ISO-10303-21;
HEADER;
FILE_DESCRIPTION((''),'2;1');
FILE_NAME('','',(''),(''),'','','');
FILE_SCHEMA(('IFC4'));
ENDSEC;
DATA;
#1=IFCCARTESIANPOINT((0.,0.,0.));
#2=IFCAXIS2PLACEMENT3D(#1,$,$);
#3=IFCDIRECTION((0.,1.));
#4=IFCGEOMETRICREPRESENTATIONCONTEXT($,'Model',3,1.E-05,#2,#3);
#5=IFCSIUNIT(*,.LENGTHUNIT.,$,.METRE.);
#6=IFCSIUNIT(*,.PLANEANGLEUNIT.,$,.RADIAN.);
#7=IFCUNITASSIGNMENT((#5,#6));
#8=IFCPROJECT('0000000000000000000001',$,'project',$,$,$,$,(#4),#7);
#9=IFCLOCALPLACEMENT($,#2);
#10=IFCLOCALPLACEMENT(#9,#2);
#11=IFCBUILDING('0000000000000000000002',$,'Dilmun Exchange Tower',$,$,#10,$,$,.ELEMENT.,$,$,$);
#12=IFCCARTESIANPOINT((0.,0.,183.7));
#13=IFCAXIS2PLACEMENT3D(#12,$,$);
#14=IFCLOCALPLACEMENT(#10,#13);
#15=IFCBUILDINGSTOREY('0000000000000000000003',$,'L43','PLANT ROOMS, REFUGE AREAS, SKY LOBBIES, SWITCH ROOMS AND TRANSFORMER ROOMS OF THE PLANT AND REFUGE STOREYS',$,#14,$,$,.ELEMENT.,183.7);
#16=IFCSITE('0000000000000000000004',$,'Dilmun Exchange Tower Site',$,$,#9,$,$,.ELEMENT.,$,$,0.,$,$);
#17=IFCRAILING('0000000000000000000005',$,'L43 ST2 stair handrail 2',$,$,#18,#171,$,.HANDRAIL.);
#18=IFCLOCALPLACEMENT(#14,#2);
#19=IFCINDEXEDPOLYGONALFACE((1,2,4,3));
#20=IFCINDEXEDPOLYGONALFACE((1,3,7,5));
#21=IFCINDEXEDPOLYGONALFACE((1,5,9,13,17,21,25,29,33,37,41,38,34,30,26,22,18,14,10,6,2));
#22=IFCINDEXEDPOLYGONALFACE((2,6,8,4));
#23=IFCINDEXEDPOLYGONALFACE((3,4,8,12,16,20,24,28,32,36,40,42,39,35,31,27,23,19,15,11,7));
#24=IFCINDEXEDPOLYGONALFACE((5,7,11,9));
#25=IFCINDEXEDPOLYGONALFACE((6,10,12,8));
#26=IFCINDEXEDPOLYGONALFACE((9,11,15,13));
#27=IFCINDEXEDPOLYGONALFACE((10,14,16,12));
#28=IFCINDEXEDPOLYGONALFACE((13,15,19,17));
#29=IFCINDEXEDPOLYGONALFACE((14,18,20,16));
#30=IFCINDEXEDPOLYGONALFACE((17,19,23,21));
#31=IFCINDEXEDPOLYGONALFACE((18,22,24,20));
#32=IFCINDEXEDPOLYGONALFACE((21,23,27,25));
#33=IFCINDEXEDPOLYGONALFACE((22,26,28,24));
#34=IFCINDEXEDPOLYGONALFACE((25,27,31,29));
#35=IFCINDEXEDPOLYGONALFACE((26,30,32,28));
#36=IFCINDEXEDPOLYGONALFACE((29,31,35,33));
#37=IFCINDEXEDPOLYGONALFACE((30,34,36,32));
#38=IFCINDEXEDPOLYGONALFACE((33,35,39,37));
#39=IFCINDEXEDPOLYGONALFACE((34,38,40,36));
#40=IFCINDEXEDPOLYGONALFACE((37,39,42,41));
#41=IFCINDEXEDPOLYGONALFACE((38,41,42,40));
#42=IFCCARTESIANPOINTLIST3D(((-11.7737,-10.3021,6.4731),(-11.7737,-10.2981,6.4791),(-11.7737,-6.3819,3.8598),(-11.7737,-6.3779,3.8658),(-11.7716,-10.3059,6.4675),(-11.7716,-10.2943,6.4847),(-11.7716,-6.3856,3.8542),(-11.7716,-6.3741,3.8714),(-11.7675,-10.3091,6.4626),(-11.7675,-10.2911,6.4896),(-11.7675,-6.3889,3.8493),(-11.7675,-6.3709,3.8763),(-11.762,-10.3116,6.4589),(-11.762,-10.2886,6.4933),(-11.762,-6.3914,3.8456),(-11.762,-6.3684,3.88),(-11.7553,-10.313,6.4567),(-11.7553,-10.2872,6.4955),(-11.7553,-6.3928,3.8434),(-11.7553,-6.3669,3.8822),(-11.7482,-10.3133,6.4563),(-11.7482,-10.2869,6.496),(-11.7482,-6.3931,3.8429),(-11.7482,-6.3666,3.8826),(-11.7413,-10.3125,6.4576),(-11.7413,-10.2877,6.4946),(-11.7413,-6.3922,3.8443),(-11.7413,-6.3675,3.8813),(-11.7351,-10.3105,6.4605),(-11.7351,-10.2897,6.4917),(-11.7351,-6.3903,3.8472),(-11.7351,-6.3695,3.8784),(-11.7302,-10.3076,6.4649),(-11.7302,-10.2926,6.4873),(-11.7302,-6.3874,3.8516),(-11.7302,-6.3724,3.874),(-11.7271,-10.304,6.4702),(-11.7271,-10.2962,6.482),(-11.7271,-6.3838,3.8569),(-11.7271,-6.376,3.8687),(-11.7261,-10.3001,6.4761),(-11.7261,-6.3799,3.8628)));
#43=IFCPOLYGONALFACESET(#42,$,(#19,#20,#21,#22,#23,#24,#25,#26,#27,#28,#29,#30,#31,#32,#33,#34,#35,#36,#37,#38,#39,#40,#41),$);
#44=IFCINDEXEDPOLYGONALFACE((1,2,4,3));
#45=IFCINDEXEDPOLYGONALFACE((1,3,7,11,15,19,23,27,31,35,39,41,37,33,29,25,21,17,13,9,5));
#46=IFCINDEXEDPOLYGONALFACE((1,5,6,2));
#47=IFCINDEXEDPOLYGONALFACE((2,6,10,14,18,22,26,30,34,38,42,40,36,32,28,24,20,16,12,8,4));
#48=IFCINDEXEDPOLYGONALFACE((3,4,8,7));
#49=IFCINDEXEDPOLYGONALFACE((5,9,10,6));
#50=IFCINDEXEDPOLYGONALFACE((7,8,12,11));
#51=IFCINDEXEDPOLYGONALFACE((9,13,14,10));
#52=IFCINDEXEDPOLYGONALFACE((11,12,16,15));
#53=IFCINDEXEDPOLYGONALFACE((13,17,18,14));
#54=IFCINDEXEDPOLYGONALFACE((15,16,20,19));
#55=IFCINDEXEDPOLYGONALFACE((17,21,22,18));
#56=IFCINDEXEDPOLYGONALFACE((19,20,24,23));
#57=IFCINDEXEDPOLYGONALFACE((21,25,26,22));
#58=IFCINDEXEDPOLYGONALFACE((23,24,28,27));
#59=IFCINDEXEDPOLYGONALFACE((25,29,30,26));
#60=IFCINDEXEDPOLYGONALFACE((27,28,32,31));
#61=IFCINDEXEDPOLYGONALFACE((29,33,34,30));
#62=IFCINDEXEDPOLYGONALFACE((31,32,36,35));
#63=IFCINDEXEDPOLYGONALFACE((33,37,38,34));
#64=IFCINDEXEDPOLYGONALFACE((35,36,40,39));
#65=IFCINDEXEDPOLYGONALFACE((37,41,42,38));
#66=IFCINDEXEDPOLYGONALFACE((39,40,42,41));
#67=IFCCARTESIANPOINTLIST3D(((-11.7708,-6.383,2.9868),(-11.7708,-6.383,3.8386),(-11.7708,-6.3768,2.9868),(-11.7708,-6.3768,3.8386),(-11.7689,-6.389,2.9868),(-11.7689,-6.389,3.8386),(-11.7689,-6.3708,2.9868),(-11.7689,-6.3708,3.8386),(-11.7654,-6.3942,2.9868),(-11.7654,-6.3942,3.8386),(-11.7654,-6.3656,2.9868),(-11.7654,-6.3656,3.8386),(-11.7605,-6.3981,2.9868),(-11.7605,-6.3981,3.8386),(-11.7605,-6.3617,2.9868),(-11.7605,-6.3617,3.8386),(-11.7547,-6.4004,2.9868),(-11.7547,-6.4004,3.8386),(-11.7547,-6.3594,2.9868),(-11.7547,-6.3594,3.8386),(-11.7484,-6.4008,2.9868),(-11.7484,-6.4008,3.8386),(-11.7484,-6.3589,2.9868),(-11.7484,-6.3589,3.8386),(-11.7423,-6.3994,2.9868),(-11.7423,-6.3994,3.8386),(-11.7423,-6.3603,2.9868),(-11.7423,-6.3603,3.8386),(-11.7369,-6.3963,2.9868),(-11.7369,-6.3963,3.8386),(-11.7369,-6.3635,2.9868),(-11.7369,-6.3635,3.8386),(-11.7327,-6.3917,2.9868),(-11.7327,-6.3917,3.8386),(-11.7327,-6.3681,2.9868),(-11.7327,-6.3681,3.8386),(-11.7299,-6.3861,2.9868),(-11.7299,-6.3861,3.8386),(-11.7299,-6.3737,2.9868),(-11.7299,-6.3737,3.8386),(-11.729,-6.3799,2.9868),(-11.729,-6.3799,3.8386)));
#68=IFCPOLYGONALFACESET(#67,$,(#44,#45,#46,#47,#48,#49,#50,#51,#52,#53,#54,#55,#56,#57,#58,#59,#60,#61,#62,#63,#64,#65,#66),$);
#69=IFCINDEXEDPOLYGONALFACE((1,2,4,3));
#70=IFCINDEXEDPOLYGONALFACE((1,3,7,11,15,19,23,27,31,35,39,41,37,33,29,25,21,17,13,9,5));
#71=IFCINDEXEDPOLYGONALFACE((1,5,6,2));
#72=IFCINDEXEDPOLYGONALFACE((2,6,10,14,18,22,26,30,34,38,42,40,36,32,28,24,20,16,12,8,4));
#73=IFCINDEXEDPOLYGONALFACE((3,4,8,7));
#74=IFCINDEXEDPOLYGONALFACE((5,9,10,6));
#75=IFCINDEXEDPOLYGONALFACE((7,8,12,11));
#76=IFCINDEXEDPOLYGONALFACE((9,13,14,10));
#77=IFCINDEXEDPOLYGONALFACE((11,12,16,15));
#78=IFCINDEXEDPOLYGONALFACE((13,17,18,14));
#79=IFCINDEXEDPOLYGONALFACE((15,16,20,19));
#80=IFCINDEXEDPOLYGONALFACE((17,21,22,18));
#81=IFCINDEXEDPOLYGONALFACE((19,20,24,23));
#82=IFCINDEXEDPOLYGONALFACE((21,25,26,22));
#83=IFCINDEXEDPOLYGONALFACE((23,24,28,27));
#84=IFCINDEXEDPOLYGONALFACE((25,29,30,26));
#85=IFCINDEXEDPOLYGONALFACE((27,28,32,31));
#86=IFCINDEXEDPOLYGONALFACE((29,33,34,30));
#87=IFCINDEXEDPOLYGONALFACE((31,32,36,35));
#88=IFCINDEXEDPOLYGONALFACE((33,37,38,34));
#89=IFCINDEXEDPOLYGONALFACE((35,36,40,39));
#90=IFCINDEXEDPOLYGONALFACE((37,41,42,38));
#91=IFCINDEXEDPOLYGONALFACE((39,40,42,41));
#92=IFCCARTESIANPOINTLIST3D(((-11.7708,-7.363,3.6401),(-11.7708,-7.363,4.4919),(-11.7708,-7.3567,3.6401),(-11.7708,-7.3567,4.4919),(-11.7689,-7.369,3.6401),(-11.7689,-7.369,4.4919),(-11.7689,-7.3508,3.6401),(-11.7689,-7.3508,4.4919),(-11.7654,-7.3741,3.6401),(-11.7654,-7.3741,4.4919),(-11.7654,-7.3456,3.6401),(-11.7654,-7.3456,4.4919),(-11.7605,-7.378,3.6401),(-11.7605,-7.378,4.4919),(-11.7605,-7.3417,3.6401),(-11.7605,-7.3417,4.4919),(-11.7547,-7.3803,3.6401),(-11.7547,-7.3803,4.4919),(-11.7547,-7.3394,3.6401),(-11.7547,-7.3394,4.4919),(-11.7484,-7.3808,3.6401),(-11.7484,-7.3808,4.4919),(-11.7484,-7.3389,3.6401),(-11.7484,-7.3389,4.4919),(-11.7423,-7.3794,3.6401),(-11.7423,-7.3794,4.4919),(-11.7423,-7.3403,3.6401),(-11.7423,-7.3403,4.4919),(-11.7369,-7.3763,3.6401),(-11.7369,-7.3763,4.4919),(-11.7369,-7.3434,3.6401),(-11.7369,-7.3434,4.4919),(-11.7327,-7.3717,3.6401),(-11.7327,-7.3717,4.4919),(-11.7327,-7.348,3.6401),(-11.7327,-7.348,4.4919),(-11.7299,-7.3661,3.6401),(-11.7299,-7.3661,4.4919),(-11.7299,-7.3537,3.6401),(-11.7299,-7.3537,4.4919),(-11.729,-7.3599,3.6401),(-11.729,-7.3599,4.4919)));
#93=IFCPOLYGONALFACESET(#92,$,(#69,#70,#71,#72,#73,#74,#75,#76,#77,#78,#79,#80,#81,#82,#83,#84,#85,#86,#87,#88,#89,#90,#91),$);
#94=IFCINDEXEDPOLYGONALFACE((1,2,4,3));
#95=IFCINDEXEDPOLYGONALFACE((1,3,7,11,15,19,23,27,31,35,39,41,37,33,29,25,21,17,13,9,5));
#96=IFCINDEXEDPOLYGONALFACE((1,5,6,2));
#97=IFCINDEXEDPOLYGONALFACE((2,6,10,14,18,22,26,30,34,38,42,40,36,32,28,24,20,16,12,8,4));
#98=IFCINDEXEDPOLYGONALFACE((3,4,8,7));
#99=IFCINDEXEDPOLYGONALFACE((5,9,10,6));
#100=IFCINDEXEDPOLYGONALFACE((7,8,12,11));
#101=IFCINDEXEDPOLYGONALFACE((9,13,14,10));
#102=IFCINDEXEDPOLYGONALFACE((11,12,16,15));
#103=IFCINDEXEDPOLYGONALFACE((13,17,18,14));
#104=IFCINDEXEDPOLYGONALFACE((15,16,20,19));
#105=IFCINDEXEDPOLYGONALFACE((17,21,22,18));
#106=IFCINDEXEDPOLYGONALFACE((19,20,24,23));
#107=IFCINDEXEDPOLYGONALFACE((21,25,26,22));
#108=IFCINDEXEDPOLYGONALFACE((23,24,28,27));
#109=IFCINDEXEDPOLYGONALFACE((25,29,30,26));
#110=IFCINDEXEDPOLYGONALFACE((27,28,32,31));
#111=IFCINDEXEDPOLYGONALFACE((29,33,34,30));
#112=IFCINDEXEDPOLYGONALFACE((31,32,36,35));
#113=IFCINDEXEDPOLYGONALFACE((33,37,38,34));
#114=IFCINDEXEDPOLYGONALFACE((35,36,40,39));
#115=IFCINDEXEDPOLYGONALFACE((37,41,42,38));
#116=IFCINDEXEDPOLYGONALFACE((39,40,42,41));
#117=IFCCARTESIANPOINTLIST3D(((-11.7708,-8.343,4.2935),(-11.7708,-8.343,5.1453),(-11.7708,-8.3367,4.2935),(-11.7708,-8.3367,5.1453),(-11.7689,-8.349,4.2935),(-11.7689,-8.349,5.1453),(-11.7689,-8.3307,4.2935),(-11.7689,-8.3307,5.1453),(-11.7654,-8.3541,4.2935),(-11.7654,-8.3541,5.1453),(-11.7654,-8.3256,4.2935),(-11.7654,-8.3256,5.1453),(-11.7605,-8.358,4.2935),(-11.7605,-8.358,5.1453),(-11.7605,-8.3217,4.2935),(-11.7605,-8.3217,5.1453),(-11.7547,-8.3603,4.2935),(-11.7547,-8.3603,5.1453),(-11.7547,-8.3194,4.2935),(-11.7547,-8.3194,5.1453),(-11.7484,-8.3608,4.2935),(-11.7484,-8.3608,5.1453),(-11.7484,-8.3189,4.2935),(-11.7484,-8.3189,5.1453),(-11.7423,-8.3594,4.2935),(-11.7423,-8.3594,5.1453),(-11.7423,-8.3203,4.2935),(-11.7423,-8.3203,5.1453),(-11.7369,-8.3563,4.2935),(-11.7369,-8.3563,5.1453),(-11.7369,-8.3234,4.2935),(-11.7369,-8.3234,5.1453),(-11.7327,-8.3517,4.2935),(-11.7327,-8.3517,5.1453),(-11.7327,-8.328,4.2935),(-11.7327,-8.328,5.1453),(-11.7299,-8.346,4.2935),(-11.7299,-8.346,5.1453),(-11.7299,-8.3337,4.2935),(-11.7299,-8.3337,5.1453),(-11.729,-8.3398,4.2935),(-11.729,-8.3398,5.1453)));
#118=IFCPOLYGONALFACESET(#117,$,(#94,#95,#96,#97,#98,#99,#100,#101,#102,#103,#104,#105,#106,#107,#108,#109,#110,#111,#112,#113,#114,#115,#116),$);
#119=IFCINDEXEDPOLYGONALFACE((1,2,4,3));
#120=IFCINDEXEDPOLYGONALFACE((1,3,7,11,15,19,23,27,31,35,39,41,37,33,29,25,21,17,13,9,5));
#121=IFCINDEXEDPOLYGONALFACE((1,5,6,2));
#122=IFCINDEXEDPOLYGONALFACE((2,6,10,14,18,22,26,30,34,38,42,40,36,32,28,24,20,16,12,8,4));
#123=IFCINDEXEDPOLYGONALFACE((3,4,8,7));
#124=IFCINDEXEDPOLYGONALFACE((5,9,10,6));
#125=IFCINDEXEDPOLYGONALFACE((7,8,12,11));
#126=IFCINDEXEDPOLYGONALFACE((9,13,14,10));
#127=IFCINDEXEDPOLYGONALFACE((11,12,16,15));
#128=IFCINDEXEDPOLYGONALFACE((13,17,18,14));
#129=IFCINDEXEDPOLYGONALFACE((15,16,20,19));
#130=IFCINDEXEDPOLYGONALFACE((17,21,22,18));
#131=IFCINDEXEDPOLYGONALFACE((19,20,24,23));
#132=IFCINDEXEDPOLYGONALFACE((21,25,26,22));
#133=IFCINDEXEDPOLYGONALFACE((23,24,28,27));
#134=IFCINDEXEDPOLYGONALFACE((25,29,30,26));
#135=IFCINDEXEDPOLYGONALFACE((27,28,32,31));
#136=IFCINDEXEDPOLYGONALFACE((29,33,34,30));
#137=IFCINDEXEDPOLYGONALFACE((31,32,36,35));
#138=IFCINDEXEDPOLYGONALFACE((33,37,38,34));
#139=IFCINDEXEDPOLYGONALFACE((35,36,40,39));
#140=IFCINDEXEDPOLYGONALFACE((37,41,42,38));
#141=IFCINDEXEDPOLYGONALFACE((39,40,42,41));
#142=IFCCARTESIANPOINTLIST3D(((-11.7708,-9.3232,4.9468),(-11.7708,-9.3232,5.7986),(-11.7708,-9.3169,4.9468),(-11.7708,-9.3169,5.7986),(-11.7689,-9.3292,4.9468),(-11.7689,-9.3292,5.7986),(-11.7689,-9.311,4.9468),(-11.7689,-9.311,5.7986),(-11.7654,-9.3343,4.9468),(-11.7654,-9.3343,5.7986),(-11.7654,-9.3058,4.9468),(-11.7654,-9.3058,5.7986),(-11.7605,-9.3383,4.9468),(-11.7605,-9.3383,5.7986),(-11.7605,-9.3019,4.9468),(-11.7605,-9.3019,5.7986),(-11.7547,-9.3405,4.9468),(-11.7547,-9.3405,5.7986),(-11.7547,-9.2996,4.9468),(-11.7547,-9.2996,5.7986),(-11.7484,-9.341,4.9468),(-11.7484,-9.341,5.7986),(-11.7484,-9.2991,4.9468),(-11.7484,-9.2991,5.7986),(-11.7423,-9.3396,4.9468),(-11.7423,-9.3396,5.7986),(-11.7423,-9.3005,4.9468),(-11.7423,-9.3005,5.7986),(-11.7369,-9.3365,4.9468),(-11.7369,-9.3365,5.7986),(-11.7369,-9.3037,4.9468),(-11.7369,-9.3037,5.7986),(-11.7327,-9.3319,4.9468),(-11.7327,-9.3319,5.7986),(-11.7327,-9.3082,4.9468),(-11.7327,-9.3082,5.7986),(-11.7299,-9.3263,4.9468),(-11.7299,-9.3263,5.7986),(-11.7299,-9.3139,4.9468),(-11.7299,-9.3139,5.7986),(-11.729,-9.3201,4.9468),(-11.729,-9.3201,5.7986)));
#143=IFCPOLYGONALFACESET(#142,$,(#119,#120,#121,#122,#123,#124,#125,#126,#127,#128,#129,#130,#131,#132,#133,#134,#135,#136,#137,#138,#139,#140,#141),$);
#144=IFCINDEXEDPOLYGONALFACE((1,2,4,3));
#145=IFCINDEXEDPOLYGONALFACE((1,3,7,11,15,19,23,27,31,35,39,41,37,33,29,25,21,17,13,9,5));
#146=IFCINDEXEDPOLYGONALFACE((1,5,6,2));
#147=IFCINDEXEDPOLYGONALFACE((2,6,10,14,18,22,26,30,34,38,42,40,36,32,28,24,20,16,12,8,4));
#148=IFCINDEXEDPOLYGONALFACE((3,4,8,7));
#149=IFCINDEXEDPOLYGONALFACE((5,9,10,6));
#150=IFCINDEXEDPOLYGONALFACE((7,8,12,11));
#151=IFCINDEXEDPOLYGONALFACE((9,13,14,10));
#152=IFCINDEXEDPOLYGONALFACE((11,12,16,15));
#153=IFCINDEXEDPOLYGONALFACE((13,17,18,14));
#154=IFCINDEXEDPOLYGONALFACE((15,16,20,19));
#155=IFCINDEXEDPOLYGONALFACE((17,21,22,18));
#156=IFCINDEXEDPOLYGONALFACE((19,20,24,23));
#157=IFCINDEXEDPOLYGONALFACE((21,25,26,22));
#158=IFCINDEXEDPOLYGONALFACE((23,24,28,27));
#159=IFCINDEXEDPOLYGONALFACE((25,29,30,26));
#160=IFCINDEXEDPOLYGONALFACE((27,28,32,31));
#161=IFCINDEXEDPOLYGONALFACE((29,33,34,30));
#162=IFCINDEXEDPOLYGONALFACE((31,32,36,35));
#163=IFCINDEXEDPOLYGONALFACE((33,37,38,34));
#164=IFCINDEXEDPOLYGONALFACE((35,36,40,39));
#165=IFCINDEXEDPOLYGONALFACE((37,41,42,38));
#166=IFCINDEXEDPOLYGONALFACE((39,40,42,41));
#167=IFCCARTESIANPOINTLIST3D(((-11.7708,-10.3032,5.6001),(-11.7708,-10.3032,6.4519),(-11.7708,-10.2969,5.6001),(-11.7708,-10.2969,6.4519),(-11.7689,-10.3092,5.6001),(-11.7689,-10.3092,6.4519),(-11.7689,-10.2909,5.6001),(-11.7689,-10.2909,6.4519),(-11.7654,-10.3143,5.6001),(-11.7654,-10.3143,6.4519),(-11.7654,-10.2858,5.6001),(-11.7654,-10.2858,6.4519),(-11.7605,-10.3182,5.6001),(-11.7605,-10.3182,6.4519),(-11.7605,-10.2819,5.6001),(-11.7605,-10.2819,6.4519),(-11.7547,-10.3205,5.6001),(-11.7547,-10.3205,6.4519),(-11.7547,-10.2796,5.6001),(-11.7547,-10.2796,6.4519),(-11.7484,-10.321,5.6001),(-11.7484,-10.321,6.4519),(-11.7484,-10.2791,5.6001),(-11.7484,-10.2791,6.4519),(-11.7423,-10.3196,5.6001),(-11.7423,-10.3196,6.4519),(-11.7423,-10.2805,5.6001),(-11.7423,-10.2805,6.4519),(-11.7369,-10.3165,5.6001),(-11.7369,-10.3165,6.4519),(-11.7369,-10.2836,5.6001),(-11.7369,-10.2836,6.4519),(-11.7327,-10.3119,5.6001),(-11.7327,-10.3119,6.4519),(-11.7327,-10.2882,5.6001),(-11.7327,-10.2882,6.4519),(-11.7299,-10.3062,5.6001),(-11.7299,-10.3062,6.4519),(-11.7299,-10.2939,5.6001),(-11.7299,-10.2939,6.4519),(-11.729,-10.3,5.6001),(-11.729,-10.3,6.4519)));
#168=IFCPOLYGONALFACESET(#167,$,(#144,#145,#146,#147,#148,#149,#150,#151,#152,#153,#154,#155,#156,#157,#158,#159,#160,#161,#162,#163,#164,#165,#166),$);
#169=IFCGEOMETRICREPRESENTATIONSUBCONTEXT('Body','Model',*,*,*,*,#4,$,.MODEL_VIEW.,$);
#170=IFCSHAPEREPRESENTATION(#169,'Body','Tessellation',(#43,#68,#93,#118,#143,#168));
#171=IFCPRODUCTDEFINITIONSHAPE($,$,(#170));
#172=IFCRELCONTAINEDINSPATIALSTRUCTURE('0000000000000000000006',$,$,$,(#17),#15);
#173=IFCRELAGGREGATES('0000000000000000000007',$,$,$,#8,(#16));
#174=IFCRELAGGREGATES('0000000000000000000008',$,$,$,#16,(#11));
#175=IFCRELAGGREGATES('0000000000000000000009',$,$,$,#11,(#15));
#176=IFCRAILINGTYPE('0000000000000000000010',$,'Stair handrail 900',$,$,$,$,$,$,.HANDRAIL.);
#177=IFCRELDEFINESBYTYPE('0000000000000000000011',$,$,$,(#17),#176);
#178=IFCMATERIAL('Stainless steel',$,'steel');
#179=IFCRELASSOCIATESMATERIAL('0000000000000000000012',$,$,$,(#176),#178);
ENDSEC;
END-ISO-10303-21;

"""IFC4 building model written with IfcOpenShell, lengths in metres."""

from ifc_helpers import new_model, si_unit, direction, frame, origin, origin_2d, place, context, subcontext, project, spatial, circle, extrude, material, type_object, element, save


model = new_model("IFC4")

# Units and contexts
model_context = context("Model", 3, precision=1e-05, world=origin(), true_north=direction((0.0, 1.0)))
body_context = subcontext(model_context, "Body", "Model", "MODEL_VIEW")
ifc_project = project(units=[si_unit("LENGTHUNIT", "METRE"), si_unit("PLANEANGLEUNIT", "RADIAN")], contexts=[model_context])

# Site, building, storey
site_placement = place(None, origin())
site = spatial("IfcSite", under=ifc_project, at=site_placement, Name="Dilmun Exchange Tower Site", CompositionType="ELEMENT", RefElevation=0.0)
building_placement = place(site_placement, origin())
building = spatial("IfcBuilding", under=site, at=building_placement, Name="Dilmun Exchange Tower", CompositionType="ELEMENT")
storey_placement = place(building_placement, frame((0.0, 0.0, 183.7)))
storey = spatial("IfcBuildingStorey", under=building, at=storey_placement, Name="L43", Description="PLANT ROOMS, REFUGE AREAS, SKY LOBBIES, SWITCH ROOMS AND TRANSFORMER ROOMS OF THE PLANT AND REFUGE STOREYS", CompositionType="ELEMENT", Elevation=183.7)

# Railing
ifc_material_1 = material(Name="Stainless steel", Category="steel")
railing_type = type_object("IfcRailingType", Name="Stair handrail 900", PredefinedType="HANDRAIL", material=ifc_material_1)
railing_placement = place(storey_placement, frame((-11.75, -6.3799, 2.9868)))
element("IfcRailing", 1, at=railing_placement, inside=storey, type_object=railing_type, Name="L43 ST2 stair handrail 2", PredefinedType="HANDRAIL", context=body_context, shape_type="SweptSolid", body=[
    extrude(circle(Radius=0.0239, at=origin_2d()), frame((0.0, 0.0, 0.876), z_axis=(0.0, -0.832066, 0.554676), x_axis=(1.0, 0.0, 0.0)), (0.0, 0.0, 1.0), 4.7114),
    extrude(circle(Radius=0.021, at=origin_2d()), origin(), (0.0, 0.0, 1.0), 0.8518),
    extrude(circle(Radius=0.021, at=origin_2d()), frame((0.0, -0.98, 0.6533)), (0.0, 0.0, 1.0), 0.8518),
    extrude(circle(Radius=0.021, at=origin_2d()), frame((0.0, -1.96, 1.3066)), (0.0, 0.0, 1.0), 0.8518),
    extrude(circle(Radius=0.021, at=origin_2d()), frame((0.0, -2.9402, 1.96)), (0.0, 0.0, 1.0), 0.8518),
    extrude(circle(Radius=0.021, at=origin_2d()), frame((0.0, -3.9202, 2.6133)), (0.0, 0.0, 1.0), 0.8518),
])

save(model, "model.ifc")
